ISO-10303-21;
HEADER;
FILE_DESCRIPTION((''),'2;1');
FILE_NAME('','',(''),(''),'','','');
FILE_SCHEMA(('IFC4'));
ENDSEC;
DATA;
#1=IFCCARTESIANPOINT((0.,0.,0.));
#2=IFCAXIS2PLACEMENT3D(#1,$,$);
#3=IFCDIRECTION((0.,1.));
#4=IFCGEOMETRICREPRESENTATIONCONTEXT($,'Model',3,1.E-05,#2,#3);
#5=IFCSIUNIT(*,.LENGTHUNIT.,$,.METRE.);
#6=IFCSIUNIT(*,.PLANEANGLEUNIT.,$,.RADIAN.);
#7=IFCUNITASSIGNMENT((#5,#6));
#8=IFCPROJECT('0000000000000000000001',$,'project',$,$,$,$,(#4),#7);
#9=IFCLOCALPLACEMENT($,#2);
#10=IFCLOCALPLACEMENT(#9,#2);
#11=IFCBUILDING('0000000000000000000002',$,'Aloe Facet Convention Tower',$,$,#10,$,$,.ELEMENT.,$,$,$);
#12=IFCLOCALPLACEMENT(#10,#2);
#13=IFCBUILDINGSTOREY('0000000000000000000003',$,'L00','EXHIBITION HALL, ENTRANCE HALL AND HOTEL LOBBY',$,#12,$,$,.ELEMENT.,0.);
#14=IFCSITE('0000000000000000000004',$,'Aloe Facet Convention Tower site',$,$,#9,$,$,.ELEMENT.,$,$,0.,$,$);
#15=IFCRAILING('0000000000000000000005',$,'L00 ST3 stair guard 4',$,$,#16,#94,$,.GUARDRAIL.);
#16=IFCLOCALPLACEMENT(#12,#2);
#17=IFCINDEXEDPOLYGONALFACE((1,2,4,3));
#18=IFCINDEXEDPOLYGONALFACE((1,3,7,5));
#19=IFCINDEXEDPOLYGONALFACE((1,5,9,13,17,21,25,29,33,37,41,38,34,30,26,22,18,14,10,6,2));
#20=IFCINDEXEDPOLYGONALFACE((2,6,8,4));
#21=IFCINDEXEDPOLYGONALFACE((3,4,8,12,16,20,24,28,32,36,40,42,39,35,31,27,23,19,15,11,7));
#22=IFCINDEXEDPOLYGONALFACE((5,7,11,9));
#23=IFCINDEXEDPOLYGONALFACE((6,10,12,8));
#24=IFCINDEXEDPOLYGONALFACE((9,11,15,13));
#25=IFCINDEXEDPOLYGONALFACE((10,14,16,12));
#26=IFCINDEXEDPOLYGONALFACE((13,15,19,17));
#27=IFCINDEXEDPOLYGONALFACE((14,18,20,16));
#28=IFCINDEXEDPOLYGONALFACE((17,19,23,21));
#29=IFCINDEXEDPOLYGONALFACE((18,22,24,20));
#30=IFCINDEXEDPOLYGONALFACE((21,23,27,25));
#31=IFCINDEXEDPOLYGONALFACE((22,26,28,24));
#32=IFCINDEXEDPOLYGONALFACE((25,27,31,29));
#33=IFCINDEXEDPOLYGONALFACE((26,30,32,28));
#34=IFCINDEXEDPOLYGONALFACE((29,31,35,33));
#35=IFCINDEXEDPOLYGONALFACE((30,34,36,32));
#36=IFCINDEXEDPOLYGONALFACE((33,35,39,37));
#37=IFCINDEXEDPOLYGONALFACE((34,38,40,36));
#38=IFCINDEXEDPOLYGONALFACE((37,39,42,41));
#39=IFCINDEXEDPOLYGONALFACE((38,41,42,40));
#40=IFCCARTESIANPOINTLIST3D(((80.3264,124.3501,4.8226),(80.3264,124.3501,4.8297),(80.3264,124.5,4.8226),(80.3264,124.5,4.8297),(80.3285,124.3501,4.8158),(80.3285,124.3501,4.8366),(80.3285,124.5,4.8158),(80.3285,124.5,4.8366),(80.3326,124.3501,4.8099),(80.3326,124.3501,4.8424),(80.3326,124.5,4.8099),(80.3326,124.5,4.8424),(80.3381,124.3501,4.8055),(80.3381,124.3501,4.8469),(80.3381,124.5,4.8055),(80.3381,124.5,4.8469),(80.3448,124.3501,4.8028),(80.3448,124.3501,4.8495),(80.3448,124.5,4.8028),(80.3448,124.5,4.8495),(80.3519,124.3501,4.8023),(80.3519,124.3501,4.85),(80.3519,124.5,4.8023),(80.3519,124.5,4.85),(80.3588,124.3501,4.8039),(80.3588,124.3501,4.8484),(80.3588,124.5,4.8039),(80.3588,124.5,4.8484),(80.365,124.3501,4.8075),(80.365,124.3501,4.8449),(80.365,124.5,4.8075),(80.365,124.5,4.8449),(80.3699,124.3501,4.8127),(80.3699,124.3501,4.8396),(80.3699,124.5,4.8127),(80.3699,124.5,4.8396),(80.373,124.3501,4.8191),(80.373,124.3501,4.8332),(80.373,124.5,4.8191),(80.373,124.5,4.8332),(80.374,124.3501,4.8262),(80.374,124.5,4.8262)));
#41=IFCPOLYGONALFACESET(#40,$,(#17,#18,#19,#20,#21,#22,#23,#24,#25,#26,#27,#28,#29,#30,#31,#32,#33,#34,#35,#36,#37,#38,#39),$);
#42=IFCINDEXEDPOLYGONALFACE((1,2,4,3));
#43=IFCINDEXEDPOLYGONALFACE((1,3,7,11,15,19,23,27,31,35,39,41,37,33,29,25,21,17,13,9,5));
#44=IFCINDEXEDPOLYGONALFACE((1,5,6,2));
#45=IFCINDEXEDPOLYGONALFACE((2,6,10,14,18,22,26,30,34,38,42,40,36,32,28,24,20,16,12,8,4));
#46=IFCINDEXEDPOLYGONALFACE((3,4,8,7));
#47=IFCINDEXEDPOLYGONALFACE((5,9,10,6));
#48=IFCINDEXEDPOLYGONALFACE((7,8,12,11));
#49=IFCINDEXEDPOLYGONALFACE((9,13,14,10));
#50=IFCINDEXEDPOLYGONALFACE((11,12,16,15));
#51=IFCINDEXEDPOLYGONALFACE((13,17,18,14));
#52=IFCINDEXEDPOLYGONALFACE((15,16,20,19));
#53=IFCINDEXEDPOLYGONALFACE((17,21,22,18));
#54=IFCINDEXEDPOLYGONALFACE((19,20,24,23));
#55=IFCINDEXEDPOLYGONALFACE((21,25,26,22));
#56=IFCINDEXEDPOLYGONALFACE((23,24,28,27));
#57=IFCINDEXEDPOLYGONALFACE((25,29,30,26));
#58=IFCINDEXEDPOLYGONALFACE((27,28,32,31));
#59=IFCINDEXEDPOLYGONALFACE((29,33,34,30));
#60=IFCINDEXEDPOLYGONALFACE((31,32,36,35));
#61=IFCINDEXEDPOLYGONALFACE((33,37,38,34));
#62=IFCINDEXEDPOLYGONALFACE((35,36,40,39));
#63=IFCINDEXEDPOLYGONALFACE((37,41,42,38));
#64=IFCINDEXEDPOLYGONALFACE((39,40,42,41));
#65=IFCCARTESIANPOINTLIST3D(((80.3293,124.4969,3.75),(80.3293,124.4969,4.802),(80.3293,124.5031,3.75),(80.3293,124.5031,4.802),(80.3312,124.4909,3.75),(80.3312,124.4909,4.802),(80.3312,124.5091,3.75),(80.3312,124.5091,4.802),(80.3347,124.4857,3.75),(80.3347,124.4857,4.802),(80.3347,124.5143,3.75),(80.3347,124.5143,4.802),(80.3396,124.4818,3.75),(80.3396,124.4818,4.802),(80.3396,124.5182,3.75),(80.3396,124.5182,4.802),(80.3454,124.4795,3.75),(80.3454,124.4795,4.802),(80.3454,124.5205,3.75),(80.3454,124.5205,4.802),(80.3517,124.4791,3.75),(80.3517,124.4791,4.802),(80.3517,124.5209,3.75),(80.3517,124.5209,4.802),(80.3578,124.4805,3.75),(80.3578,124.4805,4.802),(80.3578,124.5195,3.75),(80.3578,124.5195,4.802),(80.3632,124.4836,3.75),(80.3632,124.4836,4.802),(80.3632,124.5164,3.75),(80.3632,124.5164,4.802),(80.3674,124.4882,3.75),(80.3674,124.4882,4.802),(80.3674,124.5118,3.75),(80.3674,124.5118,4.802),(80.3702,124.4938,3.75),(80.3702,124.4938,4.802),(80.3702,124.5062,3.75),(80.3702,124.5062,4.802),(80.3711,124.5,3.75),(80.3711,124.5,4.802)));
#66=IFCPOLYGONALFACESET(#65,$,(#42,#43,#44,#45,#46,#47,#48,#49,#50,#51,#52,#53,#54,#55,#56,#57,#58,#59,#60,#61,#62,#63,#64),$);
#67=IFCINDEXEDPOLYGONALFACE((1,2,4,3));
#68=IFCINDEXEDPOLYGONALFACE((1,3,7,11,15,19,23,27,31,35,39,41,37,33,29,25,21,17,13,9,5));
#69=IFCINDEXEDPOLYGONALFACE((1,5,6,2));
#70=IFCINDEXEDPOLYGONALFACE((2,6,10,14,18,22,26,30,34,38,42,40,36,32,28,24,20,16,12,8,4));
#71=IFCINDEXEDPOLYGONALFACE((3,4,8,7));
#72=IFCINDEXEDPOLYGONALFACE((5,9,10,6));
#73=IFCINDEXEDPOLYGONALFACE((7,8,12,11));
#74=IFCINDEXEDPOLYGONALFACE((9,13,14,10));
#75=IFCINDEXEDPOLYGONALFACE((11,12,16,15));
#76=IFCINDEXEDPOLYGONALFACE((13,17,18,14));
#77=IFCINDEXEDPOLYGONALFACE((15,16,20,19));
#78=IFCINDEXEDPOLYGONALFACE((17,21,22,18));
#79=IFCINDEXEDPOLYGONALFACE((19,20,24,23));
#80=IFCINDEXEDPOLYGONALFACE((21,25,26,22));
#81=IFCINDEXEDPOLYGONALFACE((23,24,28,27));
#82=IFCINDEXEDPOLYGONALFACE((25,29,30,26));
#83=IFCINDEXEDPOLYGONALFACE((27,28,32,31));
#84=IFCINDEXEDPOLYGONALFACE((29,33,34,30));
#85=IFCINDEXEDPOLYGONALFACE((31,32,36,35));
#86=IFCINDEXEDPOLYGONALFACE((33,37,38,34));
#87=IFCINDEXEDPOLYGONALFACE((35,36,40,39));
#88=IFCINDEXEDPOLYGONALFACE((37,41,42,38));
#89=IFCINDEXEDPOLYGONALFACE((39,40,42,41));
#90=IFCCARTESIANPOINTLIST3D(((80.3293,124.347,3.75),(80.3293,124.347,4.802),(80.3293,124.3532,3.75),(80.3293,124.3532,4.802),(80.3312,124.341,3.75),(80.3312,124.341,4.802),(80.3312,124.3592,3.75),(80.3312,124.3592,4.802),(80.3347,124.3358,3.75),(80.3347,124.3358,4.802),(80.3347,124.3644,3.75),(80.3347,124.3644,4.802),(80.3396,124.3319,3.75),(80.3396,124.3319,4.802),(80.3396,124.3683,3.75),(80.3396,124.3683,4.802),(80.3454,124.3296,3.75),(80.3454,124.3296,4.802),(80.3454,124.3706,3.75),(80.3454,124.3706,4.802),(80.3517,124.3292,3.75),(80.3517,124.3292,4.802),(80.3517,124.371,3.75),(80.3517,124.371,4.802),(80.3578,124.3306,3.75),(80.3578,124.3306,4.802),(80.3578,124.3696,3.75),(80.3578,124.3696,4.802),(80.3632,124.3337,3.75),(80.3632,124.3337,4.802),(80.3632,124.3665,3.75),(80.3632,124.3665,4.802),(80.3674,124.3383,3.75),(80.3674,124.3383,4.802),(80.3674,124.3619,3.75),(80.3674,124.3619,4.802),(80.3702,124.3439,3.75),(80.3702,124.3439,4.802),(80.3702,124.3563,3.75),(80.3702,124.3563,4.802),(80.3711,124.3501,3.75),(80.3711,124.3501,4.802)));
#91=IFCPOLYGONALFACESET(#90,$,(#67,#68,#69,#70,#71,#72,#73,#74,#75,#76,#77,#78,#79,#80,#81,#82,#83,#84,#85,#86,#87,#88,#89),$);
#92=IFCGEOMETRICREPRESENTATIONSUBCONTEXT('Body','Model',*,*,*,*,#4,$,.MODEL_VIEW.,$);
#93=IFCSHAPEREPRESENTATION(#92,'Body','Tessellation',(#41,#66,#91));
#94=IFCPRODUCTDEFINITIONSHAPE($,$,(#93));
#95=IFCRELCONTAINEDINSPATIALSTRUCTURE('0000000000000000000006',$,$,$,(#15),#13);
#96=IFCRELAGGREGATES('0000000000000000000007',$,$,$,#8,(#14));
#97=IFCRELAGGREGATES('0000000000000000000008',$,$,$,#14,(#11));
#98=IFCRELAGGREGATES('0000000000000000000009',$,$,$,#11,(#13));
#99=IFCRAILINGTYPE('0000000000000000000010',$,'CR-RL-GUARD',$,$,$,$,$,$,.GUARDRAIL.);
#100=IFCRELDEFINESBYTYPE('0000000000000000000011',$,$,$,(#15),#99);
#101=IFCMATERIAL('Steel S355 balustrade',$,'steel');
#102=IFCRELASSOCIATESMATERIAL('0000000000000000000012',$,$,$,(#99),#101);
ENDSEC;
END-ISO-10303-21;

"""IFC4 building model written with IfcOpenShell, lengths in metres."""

from ifc_helpers import new_model, si_unit, direction, frame, origin, origin_2d, place, context, subcontext, project, spatial, circle, extrude, material, type_object, element, save


model = new_model("IFC4")

# Units and contexts
model_context = context("Model", 3, precision=1e-05, world=origin(), true_north=direction((0.0, 1.0)))
body_context = subcontext(model_context, "Body", "Model", "MODEL_VIEW")
ifc_project = project(units=[si_unit("LENGTHUNIT", "METRE"), si_unit("PLANEANGLEUNIT", "RADIAN")], contexts=[model_context])

# Site, building, storey
site_placement = place(None, origin())
site = spatial("IfcSite", under=ifc_project, at=site_placement, Name="Aloe Facet Convention Tower site", CompositionType="ELEMENT", RefElevation=0.0)
building_placement = place(site_placement, origin())
building = spatial("IfcBuilding", under=site, at=building_placement, Name="Aloe Facet Convention Tower", CompositionType="ELEMENT")
storey_placement = place(building_placement, origin())
storey = spatial("IfcBuildingStorey", under=building, at=storey_placement, Name="L00", Description="EXHIBITION HALL, ENTRANCE HALL AND HOTEL LOBBY", CompositionType="ELEMENT", Elevation=0.0)

# Railing
ifc_material_1 = material(Name="Steel S355 balustrade", Category="steel")
railing_type_1 = type_object("IfcRailingType", Name="CR-RL-GUARD", PredefinedType="GUARDRAIL", material=ifc_material_1)
railing_1_placement = place(storey_placement, frame((80.3501, 124.5, 3.75)))
element("IfcRailing", 1, at=railing_1_placement, inside=storey, type_object=railing_type_1, Name="L00 ST3 stair guard 4", PredefinedType="GUARDRAIL", context=body_context, shape_type="SweptSolid", body=[
    extrude(circle(Radius=0.0239, at=origin_2d()), frame((0.0, 0.0, 1.0762), z_axis=(0.0, -1.0, 0.0), x_axis=(1.0, 0.0, 0.0)), (0.0, 0.0, 1.0), 0.1499),
    extrude(circle(Radius=0.021, at=origin_2d()), origin(), (0.0, 0.0, 1.0), 1.052),
    extrude(circle(Radius=0.021, at=origin_2d()), frame((0.0, -0.1499, 0.0)), (0.0, 0.0, 1.0), 1.052),
])

save(model, "model.ifc")
